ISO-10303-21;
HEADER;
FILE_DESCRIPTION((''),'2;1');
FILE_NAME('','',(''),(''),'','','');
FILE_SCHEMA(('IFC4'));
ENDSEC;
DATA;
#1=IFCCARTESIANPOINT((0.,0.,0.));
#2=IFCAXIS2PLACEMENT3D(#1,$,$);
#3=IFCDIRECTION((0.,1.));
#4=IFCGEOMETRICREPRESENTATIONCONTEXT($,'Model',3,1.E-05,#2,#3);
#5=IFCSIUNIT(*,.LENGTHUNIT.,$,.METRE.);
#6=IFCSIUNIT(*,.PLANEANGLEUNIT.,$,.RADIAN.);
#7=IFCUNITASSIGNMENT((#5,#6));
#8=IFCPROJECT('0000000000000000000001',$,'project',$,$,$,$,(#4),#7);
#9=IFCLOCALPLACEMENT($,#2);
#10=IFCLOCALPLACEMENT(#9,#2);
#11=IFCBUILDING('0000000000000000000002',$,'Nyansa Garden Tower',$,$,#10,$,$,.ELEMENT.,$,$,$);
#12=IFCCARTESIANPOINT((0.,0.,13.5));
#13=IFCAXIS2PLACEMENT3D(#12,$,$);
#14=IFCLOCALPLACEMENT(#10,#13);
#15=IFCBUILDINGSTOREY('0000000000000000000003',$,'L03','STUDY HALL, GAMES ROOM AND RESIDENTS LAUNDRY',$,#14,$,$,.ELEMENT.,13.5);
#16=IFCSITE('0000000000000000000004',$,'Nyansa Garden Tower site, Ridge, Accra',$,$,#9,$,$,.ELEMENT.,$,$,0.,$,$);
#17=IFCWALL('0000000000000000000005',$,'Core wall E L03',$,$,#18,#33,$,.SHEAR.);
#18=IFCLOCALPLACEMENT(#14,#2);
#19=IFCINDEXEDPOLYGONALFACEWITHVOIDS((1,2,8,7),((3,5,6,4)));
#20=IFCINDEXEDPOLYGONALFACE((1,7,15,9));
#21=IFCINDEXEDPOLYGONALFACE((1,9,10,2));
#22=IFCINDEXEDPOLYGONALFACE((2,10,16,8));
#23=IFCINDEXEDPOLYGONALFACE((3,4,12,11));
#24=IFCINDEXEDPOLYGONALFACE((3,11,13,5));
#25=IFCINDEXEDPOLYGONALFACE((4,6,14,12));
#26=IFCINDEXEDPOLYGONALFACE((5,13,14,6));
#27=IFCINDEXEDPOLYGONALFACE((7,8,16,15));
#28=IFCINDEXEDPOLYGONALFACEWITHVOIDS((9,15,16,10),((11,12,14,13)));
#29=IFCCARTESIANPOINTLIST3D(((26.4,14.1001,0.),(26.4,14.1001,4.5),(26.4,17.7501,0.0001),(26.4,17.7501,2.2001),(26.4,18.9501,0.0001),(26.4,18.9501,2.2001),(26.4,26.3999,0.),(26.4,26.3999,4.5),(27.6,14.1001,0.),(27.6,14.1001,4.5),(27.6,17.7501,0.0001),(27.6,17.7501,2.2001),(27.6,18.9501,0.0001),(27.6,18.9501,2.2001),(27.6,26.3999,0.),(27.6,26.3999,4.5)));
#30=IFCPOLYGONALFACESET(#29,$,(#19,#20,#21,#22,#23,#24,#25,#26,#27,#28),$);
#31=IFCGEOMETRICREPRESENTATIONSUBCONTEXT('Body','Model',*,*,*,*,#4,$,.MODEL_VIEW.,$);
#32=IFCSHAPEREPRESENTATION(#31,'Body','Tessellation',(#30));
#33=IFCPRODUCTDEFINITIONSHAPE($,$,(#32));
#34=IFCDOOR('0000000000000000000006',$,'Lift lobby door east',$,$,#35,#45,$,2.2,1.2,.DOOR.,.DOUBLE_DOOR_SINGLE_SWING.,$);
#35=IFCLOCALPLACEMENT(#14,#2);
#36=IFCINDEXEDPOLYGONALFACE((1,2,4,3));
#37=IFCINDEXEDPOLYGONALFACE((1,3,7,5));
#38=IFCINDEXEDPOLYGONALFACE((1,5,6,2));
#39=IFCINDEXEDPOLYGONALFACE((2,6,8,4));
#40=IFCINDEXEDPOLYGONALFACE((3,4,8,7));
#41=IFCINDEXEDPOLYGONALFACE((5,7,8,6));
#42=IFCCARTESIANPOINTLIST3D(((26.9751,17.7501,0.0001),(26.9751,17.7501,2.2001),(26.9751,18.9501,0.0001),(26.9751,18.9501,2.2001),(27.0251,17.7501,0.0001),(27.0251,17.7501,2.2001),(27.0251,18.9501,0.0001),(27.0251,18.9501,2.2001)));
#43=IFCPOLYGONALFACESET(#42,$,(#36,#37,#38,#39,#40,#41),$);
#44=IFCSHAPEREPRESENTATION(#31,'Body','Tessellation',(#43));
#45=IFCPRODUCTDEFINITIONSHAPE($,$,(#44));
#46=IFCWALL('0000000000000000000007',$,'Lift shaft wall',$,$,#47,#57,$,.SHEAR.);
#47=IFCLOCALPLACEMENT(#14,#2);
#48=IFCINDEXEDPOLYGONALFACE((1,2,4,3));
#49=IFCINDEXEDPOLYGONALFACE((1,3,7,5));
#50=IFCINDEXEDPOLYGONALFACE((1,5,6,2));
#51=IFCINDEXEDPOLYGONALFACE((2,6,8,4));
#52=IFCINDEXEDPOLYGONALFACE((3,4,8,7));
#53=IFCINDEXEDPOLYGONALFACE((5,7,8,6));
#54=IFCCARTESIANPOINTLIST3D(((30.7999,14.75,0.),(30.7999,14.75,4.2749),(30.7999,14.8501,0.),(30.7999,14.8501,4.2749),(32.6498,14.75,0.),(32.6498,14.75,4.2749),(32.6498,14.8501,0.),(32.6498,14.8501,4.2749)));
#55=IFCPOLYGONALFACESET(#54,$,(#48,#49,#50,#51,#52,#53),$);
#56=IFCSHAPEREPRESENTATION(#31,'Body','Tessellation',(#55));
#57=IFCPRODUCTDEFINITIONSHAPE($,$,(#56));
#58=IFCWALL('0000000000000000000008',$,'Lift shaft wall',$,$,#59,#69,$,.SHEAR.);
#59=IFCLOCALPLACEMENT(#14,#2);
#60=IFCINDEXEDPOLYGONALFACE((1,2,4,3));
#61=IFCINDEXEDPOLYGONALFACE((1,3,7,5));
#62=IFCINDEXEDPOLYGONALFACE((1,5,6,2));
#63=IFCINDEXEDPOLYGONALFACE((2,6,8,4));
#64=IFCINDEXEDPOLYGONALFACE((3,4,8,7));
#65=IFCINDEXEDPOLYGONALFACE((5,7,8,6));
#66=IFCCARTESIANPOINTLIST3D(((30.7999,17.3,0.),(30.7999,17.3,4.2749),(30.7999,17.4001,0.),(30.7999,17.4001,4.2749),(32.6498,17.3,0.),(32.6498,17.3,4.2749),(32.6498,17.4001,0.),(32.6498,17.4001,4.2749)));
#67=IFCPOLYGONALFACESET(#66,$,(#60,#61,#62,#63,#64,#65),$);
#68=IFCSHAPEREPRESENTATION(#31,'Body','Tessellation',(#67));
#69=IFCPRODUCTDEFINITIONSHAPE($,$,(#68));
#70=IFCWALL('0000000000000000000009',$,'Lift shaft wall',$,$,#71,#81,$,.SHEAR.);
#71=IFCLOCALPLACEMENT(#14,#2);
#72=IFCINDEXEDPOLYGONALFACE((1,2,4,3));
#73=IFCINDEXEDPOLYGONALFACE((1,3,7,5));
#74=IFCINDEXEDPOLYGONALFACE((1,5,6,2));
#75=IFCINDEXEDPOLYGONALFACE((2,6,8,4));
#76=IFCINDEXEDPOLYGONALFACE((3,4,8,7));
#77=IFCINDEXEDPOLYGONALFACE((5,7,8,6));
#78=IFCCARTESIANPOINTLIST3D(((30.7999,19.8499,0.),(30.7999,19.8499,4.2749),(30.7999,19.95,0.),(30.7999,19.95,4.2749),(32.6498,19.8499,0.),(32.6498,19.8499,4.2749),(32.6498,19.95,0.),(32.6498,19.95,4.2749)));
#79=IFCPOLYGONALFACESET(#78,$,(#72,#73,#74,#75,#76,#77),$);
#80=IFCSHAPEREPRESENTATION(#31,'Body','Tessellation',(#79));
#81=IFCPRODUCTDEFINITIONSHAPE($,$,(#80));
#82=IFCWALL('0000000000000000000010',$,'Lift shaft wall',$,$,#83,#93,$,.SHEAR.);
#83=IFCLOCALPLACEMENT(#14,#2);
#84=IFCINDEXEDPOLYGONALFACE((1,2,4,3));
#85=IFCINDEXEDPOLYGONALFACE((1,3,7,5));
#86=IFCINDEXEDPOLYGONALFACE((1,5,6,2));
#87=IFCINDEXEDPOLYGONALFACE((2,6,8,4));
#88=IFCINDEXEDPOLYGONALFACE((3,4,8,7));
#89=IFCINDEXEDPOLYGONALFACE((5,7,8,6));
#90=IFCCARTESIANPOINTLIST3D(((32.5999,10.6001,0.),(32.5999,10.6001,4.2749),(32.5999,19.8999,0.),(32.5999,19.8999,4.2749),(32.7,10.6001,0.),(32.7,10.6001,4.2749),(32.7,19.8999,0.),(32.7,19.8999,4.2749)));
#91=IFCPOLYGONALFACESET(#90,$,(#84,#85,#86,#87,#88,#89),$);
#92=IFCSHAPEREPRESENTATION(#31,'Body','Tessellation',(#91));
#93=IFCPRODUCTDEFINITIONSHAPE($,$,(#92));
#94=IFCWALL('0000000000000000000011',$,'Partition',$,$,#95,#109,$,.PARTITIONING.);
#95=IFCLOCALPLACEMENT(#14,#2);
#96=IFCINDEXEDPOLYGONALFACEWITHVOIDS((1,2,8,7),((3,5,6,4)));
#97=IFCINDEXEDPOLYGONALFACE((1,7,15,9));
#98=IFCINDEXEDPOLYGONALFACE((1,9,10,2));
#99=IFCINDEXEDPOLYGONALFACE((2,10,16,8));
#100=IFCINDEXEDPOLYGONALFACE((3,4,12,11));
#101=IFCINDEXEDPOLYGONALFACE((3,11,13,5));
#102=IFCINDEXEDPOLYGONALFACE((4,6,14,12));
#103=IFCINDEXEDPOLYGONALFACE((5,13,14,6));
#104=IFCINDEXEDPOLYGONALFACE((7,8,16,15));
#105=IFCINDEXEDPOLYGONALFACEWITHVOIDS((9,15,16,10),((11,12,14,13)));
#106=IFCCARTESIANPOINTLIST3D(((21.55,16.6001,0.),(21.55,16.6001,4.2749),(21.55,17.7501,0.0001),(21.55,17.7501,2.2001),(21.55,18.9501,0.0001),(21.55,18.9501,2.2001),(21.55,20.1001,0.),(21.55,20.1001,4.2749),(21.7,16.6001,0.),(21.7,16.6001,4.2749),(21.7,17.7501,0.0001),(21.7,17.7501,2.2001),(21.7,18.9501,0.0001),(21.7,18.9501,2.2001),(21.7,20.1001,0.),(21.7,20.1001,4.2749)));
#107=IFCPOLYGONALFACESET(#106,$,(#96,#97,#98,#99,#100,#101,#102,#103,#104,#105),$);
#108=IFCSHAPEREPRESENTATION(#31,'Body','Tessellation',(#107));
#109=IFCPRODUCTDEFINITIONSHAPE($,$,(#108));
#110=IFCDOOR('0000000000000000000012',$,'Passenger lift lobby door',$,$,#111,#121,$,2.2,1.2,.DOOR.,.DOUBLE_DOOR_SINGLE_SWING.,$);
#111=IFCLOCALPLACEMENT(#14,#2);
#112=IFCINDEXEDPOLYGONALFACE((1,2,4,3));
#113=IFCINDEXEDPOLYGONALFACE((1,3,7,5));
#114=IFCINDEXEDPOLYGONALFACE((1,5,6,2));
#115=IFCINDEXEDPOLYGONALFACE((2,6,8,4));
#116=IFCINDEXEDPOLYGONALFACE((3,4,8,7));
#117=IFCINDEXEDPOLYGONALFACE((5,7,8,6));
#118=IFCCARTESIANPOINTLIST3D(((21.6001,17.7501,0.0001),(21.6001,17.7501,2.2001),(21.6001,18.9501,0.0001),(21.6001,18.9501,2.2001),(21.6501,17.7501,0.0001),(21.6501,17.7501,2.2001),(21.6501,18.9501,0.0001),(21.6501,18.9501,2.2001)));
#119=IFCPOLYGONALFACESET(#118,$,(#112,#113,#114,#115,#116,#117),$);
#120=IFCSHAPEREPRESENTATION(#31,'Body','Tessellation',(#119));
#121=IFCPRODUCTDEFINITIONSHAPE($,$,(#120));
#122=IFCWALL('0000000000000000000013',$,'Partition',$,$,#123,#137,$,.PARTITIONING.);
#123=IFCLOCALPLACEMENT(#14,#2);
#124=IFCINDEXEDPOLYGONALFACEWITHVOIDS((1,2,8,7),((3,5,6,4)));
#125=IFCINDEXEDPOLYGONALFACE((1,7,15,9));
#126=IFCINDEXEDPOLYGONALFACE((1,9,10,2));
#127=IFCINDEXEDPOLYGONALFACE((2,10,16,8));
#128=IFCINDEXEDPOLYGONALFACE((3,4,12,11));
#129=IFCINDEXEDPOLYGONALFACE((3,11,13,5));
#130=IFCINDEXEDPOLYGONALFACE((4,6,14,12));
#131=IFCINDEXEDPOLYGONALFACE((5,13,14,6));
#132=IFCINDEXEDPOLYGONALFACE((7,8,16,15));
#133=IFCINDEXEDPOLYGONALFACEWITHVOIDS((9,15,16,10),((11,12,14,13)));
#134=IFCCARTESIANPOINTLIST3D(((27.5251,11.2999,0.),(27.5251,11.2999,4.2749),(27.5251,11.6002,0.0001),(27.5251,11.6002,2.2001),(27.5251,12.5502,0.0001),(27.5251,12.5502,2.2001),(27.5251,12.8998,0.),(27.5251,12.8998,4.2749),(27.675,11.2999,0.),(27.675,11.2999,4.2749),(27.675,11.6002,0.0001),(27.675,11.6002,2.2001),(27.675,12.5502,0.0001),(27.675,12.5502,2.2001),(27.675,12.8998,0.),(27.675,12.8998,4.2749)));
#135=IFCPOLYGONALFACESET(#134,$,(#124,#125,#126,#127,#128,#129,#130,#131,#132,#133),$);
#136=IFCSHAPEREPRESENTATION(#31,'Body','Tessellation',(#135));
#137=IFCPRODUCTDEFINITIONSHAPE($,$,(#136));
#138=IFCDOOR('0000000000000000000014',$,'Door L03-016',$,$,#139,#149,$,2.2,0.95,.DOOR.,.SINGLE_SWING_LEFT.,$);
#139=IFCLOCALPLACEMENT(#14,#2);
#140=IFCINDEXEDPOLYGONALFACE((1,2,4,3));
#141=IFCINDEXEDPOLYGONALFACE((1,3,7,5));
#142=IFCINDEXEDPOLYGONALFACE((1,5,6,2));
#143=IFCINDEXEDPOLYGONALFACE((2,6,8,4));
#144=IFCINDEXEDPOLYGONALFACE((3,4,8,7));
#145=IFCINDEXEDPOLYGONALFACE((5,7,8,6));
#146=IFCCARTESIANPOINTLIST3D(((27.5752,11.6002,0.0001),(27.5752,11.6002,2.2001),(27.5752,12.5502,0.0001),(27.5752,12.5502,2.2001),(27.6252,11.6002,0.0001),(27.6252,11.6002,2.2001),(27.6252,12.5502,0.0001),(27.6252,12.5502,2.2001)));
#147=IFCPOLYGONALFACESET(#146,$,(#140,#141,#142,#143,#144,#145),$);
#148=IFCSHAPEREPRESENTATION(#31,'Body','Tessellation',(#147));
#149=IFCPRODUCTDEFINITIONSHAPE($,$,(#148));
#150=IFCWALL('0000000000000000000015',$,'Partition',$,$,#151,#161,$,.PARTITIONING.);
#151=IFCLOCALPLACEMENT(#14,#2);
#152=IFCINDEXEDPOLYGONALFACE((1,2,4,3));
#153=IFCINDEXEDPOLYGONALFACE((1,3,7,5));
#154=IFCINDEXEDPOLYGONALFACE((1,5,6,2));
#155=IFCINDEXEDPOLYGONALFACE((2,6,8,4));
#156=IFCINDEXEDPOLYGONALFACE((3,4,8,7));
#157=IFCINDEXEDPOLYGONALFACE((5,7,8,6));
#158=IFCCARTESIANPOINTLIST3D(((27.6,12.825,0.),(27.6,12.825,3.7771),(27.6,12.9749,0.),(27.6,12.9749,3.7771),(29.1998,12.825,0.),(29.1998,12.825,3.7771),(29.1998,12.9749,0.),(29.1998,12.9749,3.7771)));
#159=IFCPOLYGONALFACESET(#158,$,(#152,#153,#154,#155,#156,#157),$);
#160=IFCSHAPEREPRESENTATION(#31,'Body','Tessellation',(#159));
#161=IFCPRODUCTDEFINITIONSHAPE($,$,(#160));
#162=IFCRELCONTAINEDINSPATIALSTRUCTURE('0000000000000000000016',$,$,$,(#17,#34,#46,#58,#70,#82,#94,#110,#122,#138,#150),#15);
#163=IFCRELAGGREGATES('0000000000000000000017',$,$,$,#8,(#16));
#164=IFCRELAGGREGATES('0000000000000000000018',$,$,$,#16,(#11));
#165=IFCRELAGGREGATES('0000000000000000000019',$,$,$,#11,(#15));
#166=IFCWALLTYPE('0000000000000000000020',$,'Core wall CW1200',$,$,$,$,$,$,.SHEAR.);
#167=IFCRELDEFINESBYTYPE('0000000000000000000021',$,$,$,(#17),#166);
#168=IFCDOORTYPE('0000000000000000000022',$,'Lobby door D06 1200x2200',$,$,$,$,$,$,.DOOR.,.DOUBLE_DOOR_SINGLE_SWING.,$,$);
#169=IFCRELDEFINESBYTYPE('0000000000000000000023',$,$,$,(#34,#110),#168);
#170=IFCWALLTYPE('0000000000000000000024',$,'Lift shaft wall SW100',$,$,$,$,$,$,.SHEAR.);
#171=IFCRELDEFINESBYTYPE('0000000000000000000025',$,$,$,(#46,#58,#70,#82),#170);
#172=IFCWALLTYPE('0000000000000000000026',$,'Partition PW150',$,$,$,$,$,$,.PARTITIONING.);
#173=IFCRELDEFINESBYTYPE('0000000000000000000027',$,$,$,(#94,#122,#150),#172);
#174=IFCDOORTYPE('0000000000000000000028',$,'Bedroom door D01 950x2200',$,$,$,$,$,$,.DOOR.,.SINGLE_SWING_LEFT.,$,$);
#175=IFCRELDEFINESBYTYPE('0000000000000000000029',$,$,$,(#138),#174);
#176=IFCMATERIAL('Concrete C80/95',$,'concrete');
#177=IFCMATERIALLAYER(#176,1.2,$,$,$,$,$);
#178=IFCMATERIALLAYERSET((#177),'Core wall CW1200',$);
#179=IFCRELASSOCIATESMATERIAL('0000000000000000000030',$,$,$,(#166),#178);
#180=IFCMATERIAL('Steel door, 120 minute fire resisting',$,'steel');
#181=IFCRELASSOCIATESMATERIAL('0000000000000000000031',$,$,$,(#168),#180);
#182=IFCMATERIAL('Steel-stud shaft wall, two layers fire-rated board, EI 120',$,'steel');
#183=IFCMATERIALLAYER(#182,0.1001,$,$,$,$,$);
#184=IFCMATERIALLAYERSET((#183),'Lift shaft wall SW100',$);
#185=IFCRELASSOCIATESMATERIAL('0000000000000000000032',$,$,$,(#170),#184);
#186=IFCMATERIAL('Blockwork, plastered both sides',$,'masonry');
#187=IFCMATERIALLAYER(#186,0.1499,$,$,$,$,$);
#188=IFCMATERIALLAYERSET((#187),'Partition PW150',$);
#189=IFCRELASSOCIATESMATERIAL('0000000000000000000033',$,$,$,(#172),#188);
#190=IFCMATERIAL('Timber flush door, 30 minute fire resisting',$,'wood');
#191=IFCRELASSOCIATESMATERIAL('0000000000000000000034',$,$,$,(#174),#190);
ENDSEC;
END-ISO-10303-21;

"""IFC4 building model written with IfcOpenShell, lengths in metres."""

from ifc_helpers import new_model, si_unit, direction, frame, frame_2d, origin, place, context, subcontext, project, spatial, rectangle, extrude, material, layer, layer_set, type_object, element, fill, save


model = new_model("IFC4")

# Units and contexts
model_context = context("Model", 3, precision=1e-05, world=origin(), true_north=direction((0.0, 1.0)))
body_context = subcontext(model_context, "Body", "Model", "MODEL_VIEW")
ifc_project = project(units=[si_unit("LENGTHUNIT", "METRE"), si_unit("PLANEANGLEUNIT", "RADIAN")], contexts=[model_context])

# Site, building, storey
site_placement = place(None, origin())
site = spatial("IfcSite", under=ifc_project, at=site_placement, Name="Nyansa Garden Tower site, Ridge, Accra", CompositionType="ELEMENT", RefElevation=0.0)
building_placement = place(site_placement, origin())
building = spatial("IfcBuilding", under=site, at=building_placement, Name="Nyansa Garden Tower", CompositionType="ELEMENT")
storey_placement = place(building_placement, frame((0.0, 0.0, 13.5)))
storey = spatial("IfcBuildingStorey", under=building, at=storey_placement, Name="L03", Description="STUDY HALL, GAMES ROOM AND RESIDENTS LAUNDRY", CompositionType="ELEMENT", Elevation=13.5)

# Wall, opening, door
ifc_material_1 = material(Name="Concrete C80/95", Category="concrete")
ifc_layer_1 = layer(ifc_material_1, 1.2)
ifc_layer_set_1 = layer_set([ifc_layer_1], Name="Core wall CW1200")
wall_type_1 = type_object("IfcWallType", Name="Core wall CW1200", PredefinedType="SHEAR", material=ifc_layer_set_1)
wall_1_placement = place(storey_placement, frame((27.0, 14.1001, 0.0), z_axis=(0.0, 0.0, 1.0), x_axis=(0.0, 1.0, 0.0)))
wall_1 = element("IfcWall", 1, at=wall_1_placement, inside=storey, type_object=wall_type_1, Name="Core wall E L03", PredefinedType="SHEAR", context=body_context, shape_type="SweptSolid", body=[
    extrude(rectangle(XDim=12.2998, YDim=1.2, at=frame_2d((6.1499, 0.0))), origin(), (0.0, 0.0, 1.0), 4.5),
])
opening_1_placement = place(wall_1_placement, frame((3.6499, 0.0, 0.0)))
opening_1 = element("IfcOpeningElement", 2, at=opening_1_placement, cuts=wall_1, PredefinedType="OPENING", context=body_context, shape_type="SweptSolid", body=[
    extrude(rectangle(XDim=1.2, YDim=2.2, at=frame_2d((0.6001, 1.1001))), frame((0.0, 0.6099, 0.0), z_axis=(0.0, -1.0, 0.0), x_axis=(1.0, 0.0, 0.0)), (0.0, 0.0, 1.0), 1.22),
])
ifc_material_2 = material(Name="Steel door, 120 minute fire resisting", Category="steel")
door_type_1 = type_object("IfcDoorType", Name="Lobby door D06 1200x2200", OperationType="DOUBLE_DOOR_SINGLE_SWING", PredefinedType="DOOR", material=ifc_material_2)
door_1_placement = place(opening_1_placement, origin())
door_1 = element("IfcDoor", 3, at=door_1_placement, inside=storey, type_object=door_type_1, Name="Lift lobby door east", OperationType="DOUBLE_DOOR_SINGLE_SWING", OverallHeight=2.2, OverallWidth=1.2, PredefinedType="DOOR", context=body_context, shape_type="SweptSolid", body=[
    extrude(rectangle(XDim=1.2, YDim=2.2, at=frame_2d((0.6001, 1.1001))), frame((0.0, 0.0249, 0.0), z_axis=(0.0, -1.0, 0.0), x_axis=(1.0, 0.0, 0.0)), (0.0, 0.0, 1.0), 0.05),
])
fill(opening_1, door_1)

# Walls
ifc_material_3 = material(Name="Steel-stud shaft wall, two layers fire-rated board, EI 120", Category="steel")
ifc_layer_2 = layer(ifc_material_3, 0.1001)
ifc_layer_set_2 = layer_set([ifc_layer_2], Name="Lift shaft wall SW100")
wall_type_2 = type_object("IfcWallType", Name="Lift shaft wall SW100", PredefinedType="SHEAR", material=ifc_layer_set_2)
for number, where, z_axis, x_axis, name in (
    (4, (30.8, 14.8, 0.0), (0.0, 0.0, 1.0), (1.0, 0.0, 0.0), "Lift shaft wall"),
    (5, (30.8, 17.3501, 0.0), (0.0, 0.0, 1.0), (1.0, 0.0, 0.0), "Lift shaft wall"),
    (6, (30.8, 19.8999, 0.0), (0.0, 0.0, 1.0), (1.0, 0.0, 0.0), "Lift shaft wall"),
):
    element("IfcWall", number, at=place(storey_placement, frame(where, z_axis=z_axis, x_axis=x_axis)), inside=storey, type_object=wall_type_2, Name=name, PredefinedType="SHEAR", context=body_context, shape_type="SweptSolid", body=[
        extrude(rectangle(XDim=1.8499, YDim=0.1001, at=frame_2d((0.9248, 0.0))), origin(), (0.0, 0.0, 1.0), 4.2749),
    ])
wall_2_placement = place(storey_placement, frame((32.6499, 10.6001, 0.0), z_axis=(0.0, 0.0, 1.0), x_axis=(0.0, 1.0, 0.0)))
element("IfcWall", 7, at=wall_2_placement, inside=storey, type_object=wall_type_2, Name="Lift shaft wall", PredefinedType="SHEAR", context=body_context, shape_type="SweptSolid", body=[
    extrude(rectangle(XDim=9.2998, YDim=0.1001, at=frame_2d((4.6499, 0.0))), origin(), (0.0, 0.0, 1.0), 4.2749),
])

# Walls, openings, doors
ifc_material_4 = material(Name="Blockwork, plastered both sides", Category="masonry")
ifc_layer_3 = layer(ifc_material_4, 0.1499)
ifc_layer_set_3 = layer_set([ifc_layer_3], Name="Partition PW150")
wall_type_3 = type_object("IfcWallType", Name="Partition PW150", PredefinedType="PARTITIONING", material=ifc_layer_set_3)
wall_3_placement = place(storey_placement, frame((21.625, 16.6001, 0.0), z_axis=(0.0, 0.0, 1.0), x_axis=(0.0, 1.0, 0.0)))
wall_3 = element("IfcWall", 8, at=wall_3_placement, inside=storey, type_object=wall_type_3, Name="Partition", PredefinedType="PARTITIONING", context=body_context, shape_type="SweptSolid", body=[
    extrude(rectangle(XDim=3.5, YDim=0.1499, at=frame_2d((1.75, 0.0))), origin(), (0.0, 0.0, 1.0), 4.2749),
])
opening_2_placement = place(wall_3_placement, frame((1.1499, 0.0, 0.0)))
opening_2 = element("IfcOpeningElement", 9, at=opening_2_placement, cuts=wall_3, PredefinedType="OPENING", context=body_context, shape_type="SweptSolid", body=[
    extrude(rectangle(XDim=1.2, YDim=2.2, at=frame_2d((0.6001, 1.1001))), frame((0.0, 0.085, 0.0), z_axis=(0.0, -1.0, 0.0), x_axis=(1.0, 0.0, 0.0)), (0.0, 0.0, 1.0), 0.1699),
])
door_2_placement = place(opening_2_placement, origin())
door_2 = element("IfcDoor", 10, at=door_2_placement, inside=storey, type_object=door_type_1, Name="Passenger lift lobby door", OperationType="DOUBLE_DOOR_SINGLE_SWING", OverallHeight=2.2, OverallWidth=1.2, PredefinedType="DOOR", context=body_context, shape_type="SweptSolid", body=[
    extrude(rectangle(XDim=1.2, YDim=2.2, at=frame_2d((0.6001, 1.1001))), frame((0.0, 0.0249, 0.0), z_axis=(0.0, -1.0, 0.0), x_axis=(1.0, 0.0, 0.0)), (0.0, 0.0, 1.0), 0.05),
])
fill(opening_2, door_2)
wall_4_placement = place(storey_placement, frame((27.6001, 11.3, 0.0), z_axis=(0.0, 0.0, 1.0), x_axis=(0.0, 1.0, 0.0)))
wall_4 = element("IfcWall", 11, at=wall_4_placement, inside=storey, type_object=wall_type_3, Name="Partition", PredefinedType="PARTITIONING", context=body_context, shape_type="SweptSolid", body=[
    extrude(rectangle(XDim=1.5999, YDim=0.1499, at=frame_2d((0.7998, 0.0))), origin(), (0.0, 0.0, 1.0), 4.2749),
])
opening_3_placement = place(wall_4_placement, frame((0.3, 0.0, 0.0)))
opening_3 = element("IfcOpeningElement", 12, at=opening_3_placement, cuts=wall_4, PredefinedType="OPENING", context=body_context, shape_type="SweptSolid", body=[
    extrude(rectangle(XDim=0.95, YDim=2.2, at=frame_2d((0.4751, 1.1001))), frame((0.0, 0.085, 0.0), z_axis=(0.0, -1.0, 0.0), x_axis=(1.0, 0.0, 0.0)), (0.0, 0.0, 1.0), 0.1699),
])
ifc_material_5 = material(Name="Timber flush door, 30 minute fire resisting", Category="wood")
door_type_2 = type_object("IfcDoorType", Name="Bedroom door D01 950x2200", OperationType="SINGLE_SWING_LEFT", PredefinedType="DOOR", material=ifc_material_5)
door_3_placement = place(opening_3_placement, origin())
door_3 = element("IfcDoor", 13, at=door_3_placement, inside=storey, type_object=door_type_2, Name="Door L03-016", OperationType="SINGLE_SWING_LEFT", OverallHeight=2.2, OverallWidth=0.95, PredefinedType="DOOR", context=body_context, shape_type="SweptSolid", body=[
    extrude(rectangle(XDim=0.95, YDim=2.2, at=frame_2d((0.4751, 1.1001))), frame((0.0, 0.0249, 0.0), z_axis=(0.0, -1.0, 0.0), x_axis=(1.0, 0.0, 0.0)), (0.0, 0.0, 1.0), 0.05),
])
fill(opening_3, door_3)

# Wall
wall_5_placement = place(storey_placement, frame((27.6001, 12.8999, 0.0), z_axis=(0.0, 0.0, 1.0), x_axis=(1.0, 0.0, 0.0)))
element("IfcWall", 14, at=wall_5_placement, inside=storey, type_object=wall_type_3, Name="Partition", PredefinedType="PARTITIONING", context=body_context, shape_type="SweptSolid", body=[
    extrude(rectangle(XDim=1.5999, YDim=0.1499, at=frame_2d((0.7998, 0.0))), origin(), (0.0, 0.0, 1.0), 3.7771),
])

save(model, "model.ifc")
